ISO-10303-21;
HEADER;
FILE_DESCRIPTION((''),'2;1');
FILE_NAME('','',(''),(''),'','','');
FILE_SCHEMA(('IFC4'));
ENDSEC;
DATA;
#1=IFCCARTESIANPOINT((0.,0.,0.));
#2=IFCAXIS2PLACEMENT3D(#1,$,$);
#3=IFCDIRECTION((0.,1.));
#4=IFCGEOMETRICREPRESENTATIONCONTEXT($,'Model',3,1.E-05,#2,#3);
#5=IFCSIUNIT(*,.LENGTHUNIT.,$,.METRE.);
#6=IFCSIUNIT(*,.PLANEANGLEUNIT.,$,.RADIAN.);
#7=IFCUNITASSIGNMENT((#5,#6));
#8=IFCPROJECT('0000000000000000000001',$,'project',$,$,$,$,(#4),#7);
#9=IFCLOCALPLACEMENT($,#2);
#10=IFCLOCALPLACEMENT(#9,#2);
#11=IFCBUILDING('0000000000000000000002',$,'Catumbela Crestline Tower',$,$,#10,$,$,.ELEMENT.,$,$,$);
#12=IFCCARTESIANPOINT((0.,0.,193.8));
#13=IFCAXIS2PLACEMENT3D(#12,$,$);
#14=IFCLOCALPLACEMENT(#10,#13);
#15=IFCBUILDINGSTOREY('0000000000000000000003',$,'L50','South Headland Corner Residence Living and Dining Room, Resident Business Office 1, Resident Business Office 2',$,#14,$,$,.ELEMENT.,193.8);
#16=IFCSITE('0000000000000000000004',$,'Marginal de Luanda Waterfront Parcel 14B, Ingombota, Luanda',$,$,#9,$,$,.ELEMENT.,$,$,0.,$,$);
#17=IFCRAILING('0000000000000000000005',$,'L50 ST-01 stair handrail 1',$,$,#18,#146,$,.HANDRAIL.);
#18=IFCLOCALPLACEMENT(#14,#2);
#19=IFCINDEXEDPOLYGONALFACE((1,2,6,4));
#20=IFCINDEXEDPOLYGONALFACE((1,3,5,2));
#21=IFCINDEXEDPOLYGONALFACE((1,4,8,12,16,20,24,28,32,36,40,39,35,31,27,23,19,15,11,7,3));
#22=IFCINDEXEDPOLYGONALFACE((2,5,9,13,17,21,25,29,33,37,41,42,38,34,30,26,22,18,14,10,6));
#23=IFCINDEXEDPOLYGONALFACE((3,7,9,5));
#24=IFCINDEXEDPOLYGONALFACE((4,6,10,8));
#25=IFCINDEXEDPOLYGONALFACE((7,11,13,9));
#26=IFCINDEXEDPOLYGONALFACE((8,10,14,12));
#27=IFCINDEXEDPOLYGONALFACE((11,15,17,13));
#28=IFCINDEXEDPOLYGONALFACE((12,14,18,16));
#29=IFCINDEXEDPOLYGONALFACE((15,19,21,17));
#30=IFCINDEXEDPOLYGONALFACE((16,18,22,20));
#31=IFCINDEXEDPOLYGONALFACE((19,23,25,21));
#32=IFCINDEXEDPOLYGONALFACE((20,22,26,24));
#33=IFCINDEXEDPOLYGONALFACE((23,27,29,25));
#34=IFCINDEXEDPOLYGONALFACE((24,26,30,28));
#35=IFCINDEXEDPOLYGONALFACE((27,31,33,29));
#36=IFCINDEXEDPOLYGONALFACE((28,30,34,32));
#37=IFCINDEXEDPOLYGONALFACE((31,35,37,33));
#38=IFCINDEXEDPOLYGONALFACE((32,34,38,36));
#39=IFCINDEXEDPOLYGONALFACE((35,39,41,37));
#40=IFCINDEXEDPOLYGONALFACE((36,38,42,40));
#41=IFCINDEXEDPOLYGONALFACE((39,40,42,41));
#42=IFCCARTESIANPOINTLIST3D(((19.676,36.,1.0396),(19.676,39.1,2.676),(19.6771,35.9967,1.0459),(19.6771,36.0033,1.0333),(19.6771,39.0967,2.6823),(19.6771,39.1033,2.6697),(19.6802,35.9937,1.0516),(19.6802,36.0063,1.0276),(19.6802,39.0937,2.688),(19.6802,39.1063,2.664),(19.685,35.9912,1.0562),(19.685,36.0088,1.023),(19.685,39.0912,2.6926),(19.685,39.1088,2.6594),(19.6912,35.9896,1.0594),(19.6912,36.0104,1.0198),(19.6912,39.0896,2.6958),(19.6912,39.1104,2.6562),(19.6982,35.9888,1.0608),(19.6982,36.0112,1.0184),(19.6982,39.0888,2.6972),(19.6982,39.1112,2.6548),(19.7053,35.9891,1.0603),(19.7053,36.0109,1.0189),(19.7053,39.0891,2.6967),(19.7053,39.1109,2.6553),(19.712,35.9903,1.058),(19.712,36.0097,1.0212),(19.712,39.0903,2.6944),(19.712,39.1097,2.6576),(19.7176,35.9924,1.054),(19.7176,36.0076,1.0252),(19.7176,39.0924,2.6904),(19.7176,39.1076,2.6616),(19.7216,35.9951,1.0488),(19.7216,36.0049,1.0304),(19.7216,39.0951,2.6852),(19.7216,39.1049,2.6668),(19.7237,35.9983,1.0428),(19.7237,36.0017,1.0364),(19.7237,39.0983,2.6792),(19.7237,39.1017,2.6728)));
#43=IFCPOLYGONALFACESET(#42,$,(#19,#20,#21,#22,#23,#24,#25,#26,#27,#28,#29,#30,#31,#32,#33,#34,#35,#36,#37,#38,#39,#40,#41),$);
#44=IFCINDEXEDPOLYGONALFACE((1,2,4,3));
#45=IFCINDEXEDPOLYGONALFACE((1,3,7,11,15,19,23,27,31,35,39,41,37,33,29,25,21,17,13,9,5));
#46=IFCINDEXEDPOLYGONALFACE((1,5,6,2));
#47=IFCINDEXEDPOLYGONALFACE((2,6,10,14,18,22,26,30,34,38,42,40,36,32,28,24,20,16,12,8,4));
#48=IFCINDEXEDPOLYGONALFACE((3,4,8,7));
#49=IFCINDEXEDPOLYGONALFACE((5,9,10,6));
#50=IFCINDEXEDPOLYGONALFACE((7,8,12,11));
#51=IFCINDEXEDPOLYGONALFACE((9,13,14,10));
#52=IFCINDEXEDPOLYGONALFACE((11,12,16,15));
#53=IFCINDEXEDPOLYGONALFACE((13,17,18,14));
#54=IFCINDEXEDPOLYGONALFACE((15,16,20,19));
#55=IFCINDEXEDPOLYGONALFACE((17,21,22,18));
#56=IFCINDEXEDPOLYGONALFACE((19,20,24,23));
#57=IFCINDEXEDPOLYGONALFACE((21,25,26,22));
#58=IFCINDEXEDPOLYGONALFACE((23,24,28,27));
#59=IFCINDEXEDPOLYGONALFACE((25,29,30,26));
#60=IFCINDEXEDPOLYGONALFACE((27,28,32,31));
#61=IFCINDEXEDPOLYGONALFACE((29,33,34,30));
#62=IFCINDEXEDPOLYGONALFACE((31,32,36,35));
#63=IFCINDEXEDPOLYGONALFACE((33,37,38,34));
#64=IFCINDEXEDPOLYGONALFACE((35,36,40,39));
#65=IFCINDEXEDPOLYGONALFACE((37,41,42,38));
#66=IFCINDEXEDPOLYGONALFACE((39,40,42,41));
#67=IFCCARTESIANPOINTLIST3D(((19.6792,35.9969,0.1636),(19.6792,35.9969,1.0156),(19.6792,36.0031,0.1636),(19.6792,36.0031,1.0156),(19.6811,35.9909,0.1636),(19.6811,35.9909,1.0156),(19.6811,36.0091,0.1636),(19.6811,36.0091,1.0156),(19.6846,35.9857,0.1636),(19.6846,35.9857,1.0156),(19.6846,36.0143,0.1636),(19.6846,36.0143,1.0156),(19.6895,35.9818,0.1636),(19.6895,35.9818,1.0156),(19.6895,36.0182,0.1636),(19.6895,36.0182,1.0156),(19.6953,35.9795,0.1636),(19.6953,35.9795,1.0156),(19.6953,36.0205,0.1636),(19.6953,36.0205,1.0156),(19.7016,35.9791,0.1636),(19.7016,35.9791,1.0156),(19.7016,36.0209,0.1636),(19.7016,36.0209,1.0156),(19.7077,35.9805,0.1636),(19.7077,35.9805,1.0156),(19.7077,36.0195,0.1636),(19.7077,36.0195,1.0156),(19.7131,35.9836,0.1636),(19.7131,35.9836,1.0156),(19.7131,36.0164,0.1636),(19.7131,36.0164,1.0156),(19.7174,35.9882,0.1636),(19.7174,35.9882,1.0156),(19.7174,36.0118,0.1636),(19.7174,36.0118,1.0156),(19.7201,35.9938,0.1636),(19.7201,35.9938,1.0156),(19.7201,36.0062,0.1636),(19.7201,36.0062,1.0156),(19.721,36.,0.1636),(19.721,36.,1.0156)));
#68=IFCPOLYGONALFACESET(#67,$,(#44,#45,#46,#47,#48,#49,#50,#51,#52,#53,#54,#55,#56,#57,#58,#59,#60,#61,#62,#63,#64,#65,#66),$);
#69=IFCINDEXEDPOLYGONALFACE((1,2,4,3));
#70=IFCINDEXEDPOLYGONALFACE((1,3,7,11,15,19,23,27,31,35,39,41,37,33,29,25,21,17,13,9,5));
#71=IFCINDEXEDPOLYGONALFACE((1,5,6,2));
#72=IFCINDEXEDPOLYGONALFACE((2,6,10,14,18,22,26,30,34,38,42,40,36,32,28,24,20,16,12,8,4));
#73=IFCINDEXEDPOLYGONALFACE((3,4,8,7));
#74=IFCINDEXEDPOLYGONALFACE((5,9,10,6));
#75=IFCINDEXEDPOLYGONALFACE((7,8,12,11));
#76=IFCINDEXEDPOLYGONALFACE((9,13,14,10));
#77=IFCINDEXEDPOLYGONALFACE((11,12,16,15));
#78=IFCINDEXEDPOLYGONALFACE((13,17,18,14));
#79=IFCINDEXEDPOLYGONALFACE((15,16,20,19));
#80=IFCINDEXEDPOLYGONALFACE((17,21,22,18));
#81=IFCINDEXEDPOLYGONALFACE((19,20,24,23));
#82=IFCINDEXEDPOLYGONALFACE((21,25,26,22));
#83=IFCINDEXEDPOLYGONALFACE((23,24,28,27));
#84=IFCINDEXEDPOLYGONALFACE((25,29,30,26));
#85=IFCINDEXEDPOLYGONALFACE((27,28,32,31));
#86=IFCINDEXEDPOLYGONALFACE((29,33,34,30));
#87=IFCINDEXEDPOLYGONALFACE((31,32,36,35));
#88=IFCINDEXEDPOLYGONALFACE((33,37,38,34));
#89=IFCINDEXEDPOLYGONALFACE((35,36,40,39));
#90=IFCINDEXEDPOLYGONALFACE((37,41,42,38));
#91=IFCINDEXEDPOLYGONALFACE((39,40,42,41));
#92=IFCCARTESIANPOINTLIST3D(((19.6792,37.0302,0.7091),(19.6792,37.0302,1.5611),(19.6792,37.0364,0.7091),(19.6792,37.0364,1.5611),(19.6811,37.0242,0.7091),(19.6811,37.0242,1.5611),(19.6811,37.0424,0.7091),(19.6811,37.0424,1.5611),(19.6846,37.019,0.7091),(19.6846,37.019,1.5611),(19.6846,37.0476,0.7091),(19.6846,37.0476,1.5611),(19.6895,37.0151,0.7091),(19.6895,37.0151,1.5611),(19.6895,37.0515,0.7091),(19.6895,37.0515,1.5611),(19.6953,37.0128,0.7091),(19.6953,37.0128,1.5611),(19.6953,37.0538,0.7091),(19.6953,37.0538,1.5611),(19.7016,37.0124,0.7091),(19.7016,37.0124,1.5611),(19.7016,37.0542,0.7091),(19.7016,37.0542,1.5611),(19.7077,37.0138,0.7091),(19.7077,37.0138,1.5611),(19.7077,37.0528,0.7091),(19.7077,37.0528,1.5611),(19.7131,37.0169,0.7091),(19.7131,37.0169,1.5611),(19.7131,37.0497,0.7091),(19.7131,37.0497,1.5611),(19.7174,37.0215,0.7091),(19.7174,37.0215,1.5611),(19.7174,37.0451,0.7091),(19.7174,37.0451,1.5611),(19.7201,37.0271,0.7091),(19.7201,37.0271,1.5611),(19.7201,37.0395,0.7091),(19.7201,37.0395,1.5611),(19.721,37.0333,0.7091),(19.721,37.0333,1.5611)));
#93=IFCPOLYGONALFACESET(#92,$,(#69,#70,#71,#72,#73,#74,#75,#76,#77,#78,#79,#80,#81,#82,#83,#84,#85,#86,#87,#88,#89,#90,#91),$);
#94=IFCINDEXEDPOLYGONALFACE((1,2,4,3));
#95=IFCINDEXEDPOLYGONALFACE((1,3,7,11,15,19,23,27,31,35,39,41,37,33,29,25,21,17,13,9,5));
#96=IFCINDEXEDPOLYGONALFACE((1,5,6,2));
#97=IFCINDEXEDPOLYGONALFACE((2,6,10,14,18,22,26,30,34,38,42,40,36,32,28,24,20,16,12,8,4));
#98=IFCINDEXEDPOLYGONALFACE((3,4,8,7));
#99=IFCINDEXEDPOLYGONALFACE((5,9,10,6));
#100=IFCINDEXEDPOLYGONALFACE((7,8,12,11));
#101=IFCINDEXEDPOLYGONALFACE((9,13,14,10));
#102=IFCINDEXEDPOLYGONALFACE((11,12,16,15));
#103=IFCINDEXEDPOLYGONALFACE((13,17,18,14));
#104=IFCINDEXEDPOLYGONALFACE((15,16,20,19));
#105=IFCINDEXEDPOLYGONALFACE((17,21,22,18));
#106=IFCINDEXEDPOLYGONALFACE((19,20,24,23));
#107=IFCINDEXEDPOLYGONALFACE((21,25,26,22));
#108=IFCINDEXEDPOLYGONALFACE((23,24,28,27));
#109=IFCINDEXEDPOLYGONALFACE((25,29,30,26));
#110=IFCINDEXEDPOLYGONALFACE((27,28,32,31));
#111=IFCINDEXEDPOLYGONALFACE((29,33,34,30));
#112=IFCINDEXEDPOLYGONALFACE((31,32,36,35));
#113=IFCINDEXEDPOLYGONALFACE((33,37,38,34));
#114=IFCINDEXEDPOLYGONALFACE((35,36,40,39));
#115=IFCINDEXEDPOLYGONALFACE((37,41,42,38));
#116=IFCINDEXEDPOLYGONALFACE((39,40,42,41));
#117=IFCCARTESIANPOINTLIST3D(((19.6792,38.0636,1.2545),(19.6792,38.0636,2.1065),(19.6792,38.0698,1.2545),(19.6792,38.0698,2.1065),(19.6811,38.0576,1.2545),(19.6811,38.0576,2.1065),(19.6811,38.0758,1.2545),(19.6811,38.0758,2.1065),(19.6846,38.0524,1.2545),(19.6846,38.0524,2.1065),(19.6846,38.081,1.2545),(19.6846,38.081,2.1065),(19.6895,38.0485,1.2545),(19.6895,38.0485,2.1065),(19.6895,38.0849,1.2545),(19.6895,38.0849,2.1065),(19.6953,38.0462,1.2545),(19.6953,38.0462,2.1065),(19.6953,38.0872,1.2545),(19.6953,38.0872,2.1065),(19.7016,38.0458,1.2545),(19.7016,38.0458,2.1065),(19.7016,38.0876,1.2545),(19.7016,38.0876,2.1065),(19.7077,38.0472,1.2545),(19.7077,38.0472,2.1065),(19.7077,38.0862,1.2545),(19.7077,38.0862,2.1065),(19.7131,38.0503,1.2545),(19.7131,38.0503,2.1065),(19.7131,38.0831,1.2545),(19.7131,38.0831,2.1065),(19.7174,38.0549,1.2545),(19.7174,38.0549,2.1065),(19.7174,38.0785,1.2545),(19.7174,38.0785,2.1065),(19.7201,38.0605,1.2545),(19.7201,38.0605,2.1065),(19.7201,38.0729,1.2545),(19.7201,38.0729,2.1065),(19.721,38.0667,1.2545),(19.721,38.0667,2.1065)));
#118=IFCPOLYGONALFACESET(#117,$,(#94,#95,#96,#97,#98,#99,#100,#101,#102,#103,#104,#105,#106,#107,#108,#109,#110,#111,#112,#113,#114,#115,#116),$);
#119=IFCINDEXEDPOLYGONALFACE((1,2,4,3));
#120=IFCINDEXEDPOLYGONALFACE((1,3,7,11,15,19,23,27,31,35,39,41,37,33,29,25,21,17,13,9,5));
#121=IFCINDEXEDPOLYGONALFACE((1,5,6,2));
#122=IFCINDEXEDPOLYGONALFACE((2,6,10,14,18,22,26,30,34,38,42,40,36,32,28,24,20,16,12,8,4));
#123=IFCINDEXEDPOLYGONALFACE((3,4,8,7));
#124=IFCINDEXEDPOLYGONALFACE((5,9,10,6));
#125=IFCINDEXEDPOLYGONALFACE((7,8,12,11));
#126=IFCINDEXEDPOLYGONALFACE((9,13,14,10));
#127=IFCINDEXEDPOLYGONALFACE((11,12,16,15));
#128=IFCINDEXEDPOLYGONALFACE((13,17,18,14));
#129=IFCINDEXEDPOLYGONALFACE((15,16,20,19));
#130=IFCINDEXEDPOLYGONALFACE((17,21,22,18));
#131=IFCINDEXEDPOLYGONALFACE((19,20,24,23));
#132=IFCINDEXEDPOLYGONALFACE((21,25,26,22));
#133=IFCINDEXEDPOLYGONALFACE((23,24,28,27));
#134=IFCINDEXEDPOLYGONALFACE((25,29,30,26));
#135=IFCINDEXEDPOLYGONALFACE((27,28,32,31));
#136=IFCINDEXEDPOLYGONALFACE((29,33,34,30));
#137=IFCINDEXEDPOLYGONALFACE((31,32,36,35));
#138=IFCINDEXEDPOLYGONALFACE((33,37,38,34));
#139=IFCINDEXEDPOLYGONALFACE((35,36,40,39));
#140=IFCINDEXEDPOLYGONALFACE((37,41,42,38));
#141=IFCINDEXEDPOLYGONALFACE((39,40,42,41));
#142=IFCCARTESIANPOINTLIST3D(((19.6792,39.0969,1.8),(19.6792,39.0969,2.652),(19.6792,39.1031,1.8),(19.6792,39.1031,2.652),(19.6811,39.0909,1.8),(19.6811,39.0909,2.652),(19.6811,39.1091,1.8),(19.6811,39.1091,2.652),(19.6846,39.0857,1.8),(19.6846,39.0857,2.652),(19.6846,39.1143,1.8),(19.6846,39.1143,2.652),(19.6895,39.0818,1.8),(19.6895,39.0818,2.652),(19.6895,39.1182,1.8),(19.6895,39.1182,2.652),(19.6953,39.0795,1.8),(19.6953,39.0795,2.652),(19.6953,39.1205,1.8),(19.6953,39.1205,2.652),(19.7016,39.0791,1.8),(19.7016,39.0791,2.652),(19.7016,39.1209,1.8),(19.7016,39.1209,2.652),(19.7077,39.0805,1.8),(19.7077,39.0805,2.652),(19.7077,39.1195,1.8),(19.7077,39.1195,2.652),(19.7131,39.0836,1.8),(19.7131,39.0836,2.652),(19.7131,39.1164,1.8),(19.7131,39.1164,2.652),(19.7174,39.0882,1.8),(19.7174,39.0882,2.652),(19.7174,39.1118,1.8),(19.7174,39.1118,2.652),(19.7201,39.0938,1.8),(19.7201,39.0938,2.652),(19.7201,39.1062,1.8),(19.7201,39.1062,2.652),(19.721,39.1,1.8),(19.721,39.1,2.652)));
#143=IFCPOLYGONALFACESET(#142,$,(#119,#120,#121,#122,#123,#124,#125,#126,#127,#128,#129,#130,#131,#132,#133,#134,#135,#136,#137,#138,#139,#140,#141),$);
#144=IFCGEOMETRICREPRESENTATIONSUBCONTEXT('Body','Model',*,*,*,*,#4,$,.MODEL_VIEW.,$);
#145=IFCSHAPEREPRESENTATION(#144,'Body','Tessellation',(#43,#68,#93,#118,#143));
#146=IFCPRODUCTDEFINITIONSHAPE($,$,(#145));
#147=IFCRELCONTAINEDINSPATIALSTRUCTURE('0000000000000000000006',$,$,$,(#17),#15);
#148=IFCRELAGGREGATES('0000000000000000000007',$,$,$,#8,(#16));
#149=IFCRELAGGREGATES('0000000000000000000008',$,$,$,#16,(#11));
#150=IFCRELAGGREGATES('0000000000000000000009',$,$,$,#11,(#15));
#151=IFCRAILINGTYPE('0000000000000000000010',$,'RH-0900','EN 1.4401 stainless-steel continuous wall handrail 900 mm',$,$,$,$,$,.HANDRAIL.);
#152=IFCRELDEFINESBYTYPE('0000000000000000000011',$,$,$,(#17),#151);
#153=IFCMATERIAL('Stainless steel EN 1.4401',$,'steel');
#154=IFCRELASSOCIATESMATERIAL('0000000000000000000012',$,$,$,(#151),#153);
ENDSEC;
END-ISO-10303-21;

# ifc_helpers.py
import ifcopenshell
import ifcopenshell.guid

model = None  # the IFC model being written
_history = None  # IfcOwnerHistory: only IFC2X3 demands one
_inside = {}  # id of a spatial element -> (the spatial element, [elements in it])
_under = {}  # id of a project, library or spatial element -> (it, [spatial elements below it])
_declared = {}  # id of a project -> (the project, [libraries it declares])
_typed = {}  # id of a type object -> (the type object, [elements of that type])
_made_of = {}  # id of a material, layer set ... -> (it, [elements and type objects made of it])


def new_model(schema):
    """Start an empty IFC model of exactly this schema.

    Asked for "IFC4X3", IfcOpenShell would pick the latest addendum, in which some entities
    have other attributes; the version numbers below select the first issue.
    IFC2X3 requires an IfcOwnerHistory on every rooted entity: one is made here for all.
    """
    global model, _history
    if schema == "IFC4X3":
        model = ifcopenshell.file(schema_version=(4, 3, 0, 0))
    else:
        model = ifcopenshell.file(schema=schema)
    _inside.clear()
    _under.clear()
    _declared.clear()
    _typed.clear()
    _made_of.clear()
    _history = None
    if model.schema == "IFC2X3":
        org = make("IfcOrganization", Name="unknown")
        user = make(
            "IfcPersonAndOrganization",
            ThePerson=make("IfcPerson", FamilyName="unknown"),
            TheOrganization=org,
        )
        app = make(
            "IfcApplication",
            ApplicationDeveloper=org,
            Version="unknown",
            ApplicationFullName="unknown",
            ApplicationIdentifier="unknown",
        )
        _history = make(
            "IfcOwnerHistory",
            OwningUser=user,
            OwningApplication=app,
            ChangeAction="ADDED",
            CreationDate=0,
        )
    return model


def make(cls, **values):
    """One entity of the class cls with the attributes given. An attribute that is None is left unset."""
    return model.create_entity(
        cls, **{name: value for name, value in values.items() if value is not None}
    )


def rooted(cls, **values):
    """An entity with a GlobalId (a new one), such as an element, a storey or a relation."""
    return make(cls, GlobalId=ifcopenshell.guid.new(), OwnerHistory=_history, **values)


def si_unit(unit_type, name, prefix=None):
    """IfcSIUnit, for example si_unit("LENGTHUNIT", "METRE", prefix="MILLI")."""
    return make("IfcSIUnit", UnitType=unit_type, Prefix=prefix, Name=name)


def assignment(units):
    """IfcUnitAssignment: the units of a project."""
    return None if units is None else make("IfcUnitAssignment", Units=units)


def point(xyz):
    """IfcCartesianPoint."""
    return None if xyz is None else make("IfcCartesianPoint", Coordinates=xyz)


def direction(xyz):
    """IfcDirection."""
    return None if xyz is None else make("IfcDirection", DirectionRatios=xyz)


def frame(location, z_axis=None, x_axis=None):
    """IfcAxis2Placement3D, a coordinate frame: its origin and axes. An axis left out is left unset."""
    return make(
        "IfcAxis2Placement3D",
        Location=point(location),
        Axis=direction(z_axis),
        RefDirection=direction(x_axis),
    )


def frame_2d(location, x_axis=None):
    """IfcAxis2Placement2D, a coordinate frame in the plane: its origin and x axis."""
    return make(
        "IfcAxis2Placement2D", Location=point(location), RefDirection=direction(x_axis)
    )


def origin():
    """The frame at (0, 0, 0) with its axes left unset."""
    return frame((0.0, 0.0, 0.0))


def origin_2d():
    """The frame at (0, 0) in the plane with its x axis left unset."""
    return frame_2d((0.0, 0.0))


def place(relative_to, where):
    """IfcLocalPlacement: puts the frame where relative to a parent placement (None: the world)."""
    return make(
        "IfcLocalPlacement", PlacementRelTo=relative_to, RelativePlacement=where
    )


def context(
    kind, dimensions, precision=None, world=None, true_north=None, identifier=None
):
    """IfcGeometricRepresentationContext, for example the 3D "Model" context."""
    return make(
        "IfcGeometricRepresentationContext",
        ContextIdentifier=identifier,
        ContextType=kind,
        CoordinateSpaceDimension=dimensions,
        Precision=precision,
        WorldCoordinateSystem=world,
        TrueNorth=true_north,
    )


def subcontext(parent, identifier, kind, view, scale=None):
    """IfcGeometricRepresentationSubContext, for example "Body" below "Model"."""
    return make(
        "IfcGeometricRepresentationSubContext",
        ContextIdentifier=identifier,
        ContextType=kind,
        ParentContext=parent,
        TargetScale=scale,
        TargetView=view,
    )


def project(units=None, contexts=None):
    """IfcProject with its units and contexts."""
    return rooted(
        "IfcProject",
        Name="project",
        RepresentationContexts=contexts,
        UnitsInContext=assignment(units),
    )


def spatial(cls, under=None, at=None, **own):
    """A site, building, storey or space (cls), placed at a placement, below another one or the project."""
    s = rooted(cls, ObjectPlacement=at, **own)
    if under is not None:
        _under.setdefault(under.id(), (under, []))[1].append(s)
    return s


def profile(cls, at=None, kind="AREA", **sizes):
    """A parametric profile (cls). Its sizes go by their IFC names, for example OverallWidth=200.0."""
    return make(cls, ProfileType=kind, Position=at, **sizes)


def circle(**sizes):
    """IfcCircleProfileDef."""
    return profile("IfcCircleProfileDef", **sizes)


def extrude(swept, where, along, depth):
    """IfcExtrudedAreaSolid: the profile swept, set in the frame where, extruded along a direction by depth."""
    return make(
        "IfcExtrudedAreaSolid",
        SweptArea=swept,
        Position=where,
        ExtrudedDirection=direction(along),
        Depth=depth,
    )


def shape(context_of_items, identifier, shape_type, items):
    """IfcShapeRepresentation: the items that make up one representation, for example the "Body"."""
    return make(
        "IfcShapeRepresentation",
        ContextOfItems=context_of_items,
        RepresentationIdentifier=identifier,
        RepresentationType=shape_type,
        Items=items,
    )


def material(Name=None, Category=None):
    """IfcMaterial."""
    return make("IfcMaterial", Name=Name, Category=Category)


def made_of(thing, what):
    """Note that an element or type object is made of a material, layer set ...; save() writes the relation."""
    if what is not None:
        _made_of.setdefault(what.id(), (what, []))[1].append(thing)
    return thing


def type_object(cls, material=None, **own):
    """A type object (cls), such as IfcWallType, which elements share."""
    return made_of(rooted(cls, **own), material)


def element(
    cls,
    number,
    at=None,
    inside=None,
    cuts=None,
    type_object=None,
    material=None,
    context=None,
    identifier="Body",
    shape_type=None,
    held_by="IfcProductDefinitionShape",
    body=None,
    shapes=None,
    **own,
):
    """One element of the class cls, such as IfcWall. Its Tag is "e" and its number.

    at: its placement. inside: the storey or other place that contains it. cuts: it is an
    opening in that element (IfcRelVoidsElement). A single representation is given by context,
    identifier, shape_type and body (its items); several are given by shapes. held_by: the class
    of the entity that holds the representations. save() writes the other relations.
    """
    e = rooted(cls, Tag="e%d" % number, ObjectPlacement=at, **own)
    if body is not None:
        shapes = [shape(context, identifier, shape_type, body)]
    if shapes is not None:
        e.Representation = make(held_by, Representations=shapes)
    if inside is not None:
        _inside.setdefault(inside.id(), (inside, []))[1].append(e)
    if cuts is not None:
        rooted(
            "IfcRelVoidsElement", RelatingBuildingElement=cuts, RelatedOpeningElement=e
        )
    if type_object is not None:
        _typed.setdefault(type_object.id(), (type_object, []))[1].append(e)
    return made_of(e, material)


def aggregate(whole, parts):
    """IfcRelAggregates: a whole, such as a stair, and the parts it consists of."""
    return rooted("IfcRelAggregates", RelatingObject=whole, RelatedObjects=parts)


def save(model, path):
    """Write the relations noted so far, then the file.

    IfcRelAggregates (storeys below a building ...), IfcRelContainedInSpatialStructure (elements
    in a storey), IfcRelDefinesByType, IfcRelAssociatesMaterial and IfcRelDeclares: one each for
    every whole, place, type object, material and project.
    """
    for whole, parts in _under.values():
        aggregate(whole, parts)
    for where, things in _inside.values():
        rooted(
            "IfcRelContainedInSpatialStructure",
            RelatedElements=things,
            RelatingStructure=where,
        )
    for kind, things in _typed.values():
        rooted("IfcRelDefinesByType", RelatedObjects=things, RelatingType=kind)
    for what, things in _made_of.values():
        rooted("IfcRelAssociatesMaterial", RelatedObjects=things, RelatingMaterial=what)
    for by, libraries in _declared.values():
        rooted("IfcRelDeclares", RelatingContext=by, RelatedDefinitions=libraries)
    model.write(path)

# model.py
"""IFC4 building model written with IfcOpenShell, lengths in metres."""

from ifc_helpers import new_model, si_unit, direction, frame, origin, origin_2d, place, context, subcontext, project, spatial, circle, extrude, material, type_object, element, save


model = new_model("IFC4")

# Units and contexts
model_context = context("Model", 3, precision=1e-05, world=origin(), true_north=direction((0.0, 1.0)))
body_context = subcontext(model_context, "Body", "Model", "MODEL_VIEW")
ifc_project = project(units=[si_unit("LENGTHUNIT", "METRE"), si_unit("PLANEANGLEUNIT", "RADIAN")], contexts=[model_context])

# Site, building, storey
site_placement = place(None, origin())
site = spatial("IfcSite", under=ifc_project, at=site_placement, Name="Marginal de Luanda Waterfront Parcel 14B, Ingombota, Luanda", CompositionType="ELEMENT", RefElevation=0.0)
building_placement = place(site_placement, origin())
building = spatial("IfcBuilding", under=site, at=building_placement, Name="Catumbela Crestline Tower", CompositionType="ELEMENT")
storey_placement = place(building_placement, frame((0.0, 0.0, 193.8)))
storey = spatial("IfcBuildingStorey", under=building, at=storey_placement, Name="L50", Description="South Headland Corner Residence Living and Dining Room, Resident Business Office 1, Resident Business Office 2", CompositionType="ELEMENT", Elevation=193.8)

# Shared definitions
ifc_material_1 = material(Name="Stainless steel EN 1.4401", Category="steel")

# Railing
railing_type_1 = type_object("IfcRailingType", Name="RH-0900", Description="EN 1.4401 stainless-steel continuous wall handrail 900 mm", PredefinedType="HANDRAIL", material=ifc_material_1)
railing_1_placement = place(storey_placement, frame((19.7, 36.0, 0.1636)))
element("IfcRailing", 1, at=railing_1_placement, inside=storey, type_object=railing_type_1, Name="L50 ST-01 stair handrail 1", PredefinedType="HANDRAIL", context=body_context, shape_type="SweptSolid", body=[
    extrude(circle(Radius=0.024, at=origin_2d()), frame((0.0, 0.0, 0.876), z_axis=(0.0, 0.884351, 0.466823), x_axis=(-1.0, 0.0, 0.0)), (0.0, 0.0, 1.0), 3.5054),
    extrude(circle(Radius=0.021, at=origin_2d()), origin(), (0.0, 0.0, 1.0), 0.852),
    extrude(circle(Radius=0.021, at=origin_2d()), frame((0.0, 1.0333, 0.5455)), (0.0, 0.0, 1.0), 0.852),
    extrude(circle(Radius=0.021, at=origin_2d()), frame((0.0, 2.0667, 1.0909)), (0.0, 0.0, 1.0), 0.852),
    extrude(circle(Radius=0.021, at=origin_2d()), frame((0.0, 3.1, 1.6364)), (0.0, 0.0, 1.0), 0.852),
])

save(model, "model.ifc")
